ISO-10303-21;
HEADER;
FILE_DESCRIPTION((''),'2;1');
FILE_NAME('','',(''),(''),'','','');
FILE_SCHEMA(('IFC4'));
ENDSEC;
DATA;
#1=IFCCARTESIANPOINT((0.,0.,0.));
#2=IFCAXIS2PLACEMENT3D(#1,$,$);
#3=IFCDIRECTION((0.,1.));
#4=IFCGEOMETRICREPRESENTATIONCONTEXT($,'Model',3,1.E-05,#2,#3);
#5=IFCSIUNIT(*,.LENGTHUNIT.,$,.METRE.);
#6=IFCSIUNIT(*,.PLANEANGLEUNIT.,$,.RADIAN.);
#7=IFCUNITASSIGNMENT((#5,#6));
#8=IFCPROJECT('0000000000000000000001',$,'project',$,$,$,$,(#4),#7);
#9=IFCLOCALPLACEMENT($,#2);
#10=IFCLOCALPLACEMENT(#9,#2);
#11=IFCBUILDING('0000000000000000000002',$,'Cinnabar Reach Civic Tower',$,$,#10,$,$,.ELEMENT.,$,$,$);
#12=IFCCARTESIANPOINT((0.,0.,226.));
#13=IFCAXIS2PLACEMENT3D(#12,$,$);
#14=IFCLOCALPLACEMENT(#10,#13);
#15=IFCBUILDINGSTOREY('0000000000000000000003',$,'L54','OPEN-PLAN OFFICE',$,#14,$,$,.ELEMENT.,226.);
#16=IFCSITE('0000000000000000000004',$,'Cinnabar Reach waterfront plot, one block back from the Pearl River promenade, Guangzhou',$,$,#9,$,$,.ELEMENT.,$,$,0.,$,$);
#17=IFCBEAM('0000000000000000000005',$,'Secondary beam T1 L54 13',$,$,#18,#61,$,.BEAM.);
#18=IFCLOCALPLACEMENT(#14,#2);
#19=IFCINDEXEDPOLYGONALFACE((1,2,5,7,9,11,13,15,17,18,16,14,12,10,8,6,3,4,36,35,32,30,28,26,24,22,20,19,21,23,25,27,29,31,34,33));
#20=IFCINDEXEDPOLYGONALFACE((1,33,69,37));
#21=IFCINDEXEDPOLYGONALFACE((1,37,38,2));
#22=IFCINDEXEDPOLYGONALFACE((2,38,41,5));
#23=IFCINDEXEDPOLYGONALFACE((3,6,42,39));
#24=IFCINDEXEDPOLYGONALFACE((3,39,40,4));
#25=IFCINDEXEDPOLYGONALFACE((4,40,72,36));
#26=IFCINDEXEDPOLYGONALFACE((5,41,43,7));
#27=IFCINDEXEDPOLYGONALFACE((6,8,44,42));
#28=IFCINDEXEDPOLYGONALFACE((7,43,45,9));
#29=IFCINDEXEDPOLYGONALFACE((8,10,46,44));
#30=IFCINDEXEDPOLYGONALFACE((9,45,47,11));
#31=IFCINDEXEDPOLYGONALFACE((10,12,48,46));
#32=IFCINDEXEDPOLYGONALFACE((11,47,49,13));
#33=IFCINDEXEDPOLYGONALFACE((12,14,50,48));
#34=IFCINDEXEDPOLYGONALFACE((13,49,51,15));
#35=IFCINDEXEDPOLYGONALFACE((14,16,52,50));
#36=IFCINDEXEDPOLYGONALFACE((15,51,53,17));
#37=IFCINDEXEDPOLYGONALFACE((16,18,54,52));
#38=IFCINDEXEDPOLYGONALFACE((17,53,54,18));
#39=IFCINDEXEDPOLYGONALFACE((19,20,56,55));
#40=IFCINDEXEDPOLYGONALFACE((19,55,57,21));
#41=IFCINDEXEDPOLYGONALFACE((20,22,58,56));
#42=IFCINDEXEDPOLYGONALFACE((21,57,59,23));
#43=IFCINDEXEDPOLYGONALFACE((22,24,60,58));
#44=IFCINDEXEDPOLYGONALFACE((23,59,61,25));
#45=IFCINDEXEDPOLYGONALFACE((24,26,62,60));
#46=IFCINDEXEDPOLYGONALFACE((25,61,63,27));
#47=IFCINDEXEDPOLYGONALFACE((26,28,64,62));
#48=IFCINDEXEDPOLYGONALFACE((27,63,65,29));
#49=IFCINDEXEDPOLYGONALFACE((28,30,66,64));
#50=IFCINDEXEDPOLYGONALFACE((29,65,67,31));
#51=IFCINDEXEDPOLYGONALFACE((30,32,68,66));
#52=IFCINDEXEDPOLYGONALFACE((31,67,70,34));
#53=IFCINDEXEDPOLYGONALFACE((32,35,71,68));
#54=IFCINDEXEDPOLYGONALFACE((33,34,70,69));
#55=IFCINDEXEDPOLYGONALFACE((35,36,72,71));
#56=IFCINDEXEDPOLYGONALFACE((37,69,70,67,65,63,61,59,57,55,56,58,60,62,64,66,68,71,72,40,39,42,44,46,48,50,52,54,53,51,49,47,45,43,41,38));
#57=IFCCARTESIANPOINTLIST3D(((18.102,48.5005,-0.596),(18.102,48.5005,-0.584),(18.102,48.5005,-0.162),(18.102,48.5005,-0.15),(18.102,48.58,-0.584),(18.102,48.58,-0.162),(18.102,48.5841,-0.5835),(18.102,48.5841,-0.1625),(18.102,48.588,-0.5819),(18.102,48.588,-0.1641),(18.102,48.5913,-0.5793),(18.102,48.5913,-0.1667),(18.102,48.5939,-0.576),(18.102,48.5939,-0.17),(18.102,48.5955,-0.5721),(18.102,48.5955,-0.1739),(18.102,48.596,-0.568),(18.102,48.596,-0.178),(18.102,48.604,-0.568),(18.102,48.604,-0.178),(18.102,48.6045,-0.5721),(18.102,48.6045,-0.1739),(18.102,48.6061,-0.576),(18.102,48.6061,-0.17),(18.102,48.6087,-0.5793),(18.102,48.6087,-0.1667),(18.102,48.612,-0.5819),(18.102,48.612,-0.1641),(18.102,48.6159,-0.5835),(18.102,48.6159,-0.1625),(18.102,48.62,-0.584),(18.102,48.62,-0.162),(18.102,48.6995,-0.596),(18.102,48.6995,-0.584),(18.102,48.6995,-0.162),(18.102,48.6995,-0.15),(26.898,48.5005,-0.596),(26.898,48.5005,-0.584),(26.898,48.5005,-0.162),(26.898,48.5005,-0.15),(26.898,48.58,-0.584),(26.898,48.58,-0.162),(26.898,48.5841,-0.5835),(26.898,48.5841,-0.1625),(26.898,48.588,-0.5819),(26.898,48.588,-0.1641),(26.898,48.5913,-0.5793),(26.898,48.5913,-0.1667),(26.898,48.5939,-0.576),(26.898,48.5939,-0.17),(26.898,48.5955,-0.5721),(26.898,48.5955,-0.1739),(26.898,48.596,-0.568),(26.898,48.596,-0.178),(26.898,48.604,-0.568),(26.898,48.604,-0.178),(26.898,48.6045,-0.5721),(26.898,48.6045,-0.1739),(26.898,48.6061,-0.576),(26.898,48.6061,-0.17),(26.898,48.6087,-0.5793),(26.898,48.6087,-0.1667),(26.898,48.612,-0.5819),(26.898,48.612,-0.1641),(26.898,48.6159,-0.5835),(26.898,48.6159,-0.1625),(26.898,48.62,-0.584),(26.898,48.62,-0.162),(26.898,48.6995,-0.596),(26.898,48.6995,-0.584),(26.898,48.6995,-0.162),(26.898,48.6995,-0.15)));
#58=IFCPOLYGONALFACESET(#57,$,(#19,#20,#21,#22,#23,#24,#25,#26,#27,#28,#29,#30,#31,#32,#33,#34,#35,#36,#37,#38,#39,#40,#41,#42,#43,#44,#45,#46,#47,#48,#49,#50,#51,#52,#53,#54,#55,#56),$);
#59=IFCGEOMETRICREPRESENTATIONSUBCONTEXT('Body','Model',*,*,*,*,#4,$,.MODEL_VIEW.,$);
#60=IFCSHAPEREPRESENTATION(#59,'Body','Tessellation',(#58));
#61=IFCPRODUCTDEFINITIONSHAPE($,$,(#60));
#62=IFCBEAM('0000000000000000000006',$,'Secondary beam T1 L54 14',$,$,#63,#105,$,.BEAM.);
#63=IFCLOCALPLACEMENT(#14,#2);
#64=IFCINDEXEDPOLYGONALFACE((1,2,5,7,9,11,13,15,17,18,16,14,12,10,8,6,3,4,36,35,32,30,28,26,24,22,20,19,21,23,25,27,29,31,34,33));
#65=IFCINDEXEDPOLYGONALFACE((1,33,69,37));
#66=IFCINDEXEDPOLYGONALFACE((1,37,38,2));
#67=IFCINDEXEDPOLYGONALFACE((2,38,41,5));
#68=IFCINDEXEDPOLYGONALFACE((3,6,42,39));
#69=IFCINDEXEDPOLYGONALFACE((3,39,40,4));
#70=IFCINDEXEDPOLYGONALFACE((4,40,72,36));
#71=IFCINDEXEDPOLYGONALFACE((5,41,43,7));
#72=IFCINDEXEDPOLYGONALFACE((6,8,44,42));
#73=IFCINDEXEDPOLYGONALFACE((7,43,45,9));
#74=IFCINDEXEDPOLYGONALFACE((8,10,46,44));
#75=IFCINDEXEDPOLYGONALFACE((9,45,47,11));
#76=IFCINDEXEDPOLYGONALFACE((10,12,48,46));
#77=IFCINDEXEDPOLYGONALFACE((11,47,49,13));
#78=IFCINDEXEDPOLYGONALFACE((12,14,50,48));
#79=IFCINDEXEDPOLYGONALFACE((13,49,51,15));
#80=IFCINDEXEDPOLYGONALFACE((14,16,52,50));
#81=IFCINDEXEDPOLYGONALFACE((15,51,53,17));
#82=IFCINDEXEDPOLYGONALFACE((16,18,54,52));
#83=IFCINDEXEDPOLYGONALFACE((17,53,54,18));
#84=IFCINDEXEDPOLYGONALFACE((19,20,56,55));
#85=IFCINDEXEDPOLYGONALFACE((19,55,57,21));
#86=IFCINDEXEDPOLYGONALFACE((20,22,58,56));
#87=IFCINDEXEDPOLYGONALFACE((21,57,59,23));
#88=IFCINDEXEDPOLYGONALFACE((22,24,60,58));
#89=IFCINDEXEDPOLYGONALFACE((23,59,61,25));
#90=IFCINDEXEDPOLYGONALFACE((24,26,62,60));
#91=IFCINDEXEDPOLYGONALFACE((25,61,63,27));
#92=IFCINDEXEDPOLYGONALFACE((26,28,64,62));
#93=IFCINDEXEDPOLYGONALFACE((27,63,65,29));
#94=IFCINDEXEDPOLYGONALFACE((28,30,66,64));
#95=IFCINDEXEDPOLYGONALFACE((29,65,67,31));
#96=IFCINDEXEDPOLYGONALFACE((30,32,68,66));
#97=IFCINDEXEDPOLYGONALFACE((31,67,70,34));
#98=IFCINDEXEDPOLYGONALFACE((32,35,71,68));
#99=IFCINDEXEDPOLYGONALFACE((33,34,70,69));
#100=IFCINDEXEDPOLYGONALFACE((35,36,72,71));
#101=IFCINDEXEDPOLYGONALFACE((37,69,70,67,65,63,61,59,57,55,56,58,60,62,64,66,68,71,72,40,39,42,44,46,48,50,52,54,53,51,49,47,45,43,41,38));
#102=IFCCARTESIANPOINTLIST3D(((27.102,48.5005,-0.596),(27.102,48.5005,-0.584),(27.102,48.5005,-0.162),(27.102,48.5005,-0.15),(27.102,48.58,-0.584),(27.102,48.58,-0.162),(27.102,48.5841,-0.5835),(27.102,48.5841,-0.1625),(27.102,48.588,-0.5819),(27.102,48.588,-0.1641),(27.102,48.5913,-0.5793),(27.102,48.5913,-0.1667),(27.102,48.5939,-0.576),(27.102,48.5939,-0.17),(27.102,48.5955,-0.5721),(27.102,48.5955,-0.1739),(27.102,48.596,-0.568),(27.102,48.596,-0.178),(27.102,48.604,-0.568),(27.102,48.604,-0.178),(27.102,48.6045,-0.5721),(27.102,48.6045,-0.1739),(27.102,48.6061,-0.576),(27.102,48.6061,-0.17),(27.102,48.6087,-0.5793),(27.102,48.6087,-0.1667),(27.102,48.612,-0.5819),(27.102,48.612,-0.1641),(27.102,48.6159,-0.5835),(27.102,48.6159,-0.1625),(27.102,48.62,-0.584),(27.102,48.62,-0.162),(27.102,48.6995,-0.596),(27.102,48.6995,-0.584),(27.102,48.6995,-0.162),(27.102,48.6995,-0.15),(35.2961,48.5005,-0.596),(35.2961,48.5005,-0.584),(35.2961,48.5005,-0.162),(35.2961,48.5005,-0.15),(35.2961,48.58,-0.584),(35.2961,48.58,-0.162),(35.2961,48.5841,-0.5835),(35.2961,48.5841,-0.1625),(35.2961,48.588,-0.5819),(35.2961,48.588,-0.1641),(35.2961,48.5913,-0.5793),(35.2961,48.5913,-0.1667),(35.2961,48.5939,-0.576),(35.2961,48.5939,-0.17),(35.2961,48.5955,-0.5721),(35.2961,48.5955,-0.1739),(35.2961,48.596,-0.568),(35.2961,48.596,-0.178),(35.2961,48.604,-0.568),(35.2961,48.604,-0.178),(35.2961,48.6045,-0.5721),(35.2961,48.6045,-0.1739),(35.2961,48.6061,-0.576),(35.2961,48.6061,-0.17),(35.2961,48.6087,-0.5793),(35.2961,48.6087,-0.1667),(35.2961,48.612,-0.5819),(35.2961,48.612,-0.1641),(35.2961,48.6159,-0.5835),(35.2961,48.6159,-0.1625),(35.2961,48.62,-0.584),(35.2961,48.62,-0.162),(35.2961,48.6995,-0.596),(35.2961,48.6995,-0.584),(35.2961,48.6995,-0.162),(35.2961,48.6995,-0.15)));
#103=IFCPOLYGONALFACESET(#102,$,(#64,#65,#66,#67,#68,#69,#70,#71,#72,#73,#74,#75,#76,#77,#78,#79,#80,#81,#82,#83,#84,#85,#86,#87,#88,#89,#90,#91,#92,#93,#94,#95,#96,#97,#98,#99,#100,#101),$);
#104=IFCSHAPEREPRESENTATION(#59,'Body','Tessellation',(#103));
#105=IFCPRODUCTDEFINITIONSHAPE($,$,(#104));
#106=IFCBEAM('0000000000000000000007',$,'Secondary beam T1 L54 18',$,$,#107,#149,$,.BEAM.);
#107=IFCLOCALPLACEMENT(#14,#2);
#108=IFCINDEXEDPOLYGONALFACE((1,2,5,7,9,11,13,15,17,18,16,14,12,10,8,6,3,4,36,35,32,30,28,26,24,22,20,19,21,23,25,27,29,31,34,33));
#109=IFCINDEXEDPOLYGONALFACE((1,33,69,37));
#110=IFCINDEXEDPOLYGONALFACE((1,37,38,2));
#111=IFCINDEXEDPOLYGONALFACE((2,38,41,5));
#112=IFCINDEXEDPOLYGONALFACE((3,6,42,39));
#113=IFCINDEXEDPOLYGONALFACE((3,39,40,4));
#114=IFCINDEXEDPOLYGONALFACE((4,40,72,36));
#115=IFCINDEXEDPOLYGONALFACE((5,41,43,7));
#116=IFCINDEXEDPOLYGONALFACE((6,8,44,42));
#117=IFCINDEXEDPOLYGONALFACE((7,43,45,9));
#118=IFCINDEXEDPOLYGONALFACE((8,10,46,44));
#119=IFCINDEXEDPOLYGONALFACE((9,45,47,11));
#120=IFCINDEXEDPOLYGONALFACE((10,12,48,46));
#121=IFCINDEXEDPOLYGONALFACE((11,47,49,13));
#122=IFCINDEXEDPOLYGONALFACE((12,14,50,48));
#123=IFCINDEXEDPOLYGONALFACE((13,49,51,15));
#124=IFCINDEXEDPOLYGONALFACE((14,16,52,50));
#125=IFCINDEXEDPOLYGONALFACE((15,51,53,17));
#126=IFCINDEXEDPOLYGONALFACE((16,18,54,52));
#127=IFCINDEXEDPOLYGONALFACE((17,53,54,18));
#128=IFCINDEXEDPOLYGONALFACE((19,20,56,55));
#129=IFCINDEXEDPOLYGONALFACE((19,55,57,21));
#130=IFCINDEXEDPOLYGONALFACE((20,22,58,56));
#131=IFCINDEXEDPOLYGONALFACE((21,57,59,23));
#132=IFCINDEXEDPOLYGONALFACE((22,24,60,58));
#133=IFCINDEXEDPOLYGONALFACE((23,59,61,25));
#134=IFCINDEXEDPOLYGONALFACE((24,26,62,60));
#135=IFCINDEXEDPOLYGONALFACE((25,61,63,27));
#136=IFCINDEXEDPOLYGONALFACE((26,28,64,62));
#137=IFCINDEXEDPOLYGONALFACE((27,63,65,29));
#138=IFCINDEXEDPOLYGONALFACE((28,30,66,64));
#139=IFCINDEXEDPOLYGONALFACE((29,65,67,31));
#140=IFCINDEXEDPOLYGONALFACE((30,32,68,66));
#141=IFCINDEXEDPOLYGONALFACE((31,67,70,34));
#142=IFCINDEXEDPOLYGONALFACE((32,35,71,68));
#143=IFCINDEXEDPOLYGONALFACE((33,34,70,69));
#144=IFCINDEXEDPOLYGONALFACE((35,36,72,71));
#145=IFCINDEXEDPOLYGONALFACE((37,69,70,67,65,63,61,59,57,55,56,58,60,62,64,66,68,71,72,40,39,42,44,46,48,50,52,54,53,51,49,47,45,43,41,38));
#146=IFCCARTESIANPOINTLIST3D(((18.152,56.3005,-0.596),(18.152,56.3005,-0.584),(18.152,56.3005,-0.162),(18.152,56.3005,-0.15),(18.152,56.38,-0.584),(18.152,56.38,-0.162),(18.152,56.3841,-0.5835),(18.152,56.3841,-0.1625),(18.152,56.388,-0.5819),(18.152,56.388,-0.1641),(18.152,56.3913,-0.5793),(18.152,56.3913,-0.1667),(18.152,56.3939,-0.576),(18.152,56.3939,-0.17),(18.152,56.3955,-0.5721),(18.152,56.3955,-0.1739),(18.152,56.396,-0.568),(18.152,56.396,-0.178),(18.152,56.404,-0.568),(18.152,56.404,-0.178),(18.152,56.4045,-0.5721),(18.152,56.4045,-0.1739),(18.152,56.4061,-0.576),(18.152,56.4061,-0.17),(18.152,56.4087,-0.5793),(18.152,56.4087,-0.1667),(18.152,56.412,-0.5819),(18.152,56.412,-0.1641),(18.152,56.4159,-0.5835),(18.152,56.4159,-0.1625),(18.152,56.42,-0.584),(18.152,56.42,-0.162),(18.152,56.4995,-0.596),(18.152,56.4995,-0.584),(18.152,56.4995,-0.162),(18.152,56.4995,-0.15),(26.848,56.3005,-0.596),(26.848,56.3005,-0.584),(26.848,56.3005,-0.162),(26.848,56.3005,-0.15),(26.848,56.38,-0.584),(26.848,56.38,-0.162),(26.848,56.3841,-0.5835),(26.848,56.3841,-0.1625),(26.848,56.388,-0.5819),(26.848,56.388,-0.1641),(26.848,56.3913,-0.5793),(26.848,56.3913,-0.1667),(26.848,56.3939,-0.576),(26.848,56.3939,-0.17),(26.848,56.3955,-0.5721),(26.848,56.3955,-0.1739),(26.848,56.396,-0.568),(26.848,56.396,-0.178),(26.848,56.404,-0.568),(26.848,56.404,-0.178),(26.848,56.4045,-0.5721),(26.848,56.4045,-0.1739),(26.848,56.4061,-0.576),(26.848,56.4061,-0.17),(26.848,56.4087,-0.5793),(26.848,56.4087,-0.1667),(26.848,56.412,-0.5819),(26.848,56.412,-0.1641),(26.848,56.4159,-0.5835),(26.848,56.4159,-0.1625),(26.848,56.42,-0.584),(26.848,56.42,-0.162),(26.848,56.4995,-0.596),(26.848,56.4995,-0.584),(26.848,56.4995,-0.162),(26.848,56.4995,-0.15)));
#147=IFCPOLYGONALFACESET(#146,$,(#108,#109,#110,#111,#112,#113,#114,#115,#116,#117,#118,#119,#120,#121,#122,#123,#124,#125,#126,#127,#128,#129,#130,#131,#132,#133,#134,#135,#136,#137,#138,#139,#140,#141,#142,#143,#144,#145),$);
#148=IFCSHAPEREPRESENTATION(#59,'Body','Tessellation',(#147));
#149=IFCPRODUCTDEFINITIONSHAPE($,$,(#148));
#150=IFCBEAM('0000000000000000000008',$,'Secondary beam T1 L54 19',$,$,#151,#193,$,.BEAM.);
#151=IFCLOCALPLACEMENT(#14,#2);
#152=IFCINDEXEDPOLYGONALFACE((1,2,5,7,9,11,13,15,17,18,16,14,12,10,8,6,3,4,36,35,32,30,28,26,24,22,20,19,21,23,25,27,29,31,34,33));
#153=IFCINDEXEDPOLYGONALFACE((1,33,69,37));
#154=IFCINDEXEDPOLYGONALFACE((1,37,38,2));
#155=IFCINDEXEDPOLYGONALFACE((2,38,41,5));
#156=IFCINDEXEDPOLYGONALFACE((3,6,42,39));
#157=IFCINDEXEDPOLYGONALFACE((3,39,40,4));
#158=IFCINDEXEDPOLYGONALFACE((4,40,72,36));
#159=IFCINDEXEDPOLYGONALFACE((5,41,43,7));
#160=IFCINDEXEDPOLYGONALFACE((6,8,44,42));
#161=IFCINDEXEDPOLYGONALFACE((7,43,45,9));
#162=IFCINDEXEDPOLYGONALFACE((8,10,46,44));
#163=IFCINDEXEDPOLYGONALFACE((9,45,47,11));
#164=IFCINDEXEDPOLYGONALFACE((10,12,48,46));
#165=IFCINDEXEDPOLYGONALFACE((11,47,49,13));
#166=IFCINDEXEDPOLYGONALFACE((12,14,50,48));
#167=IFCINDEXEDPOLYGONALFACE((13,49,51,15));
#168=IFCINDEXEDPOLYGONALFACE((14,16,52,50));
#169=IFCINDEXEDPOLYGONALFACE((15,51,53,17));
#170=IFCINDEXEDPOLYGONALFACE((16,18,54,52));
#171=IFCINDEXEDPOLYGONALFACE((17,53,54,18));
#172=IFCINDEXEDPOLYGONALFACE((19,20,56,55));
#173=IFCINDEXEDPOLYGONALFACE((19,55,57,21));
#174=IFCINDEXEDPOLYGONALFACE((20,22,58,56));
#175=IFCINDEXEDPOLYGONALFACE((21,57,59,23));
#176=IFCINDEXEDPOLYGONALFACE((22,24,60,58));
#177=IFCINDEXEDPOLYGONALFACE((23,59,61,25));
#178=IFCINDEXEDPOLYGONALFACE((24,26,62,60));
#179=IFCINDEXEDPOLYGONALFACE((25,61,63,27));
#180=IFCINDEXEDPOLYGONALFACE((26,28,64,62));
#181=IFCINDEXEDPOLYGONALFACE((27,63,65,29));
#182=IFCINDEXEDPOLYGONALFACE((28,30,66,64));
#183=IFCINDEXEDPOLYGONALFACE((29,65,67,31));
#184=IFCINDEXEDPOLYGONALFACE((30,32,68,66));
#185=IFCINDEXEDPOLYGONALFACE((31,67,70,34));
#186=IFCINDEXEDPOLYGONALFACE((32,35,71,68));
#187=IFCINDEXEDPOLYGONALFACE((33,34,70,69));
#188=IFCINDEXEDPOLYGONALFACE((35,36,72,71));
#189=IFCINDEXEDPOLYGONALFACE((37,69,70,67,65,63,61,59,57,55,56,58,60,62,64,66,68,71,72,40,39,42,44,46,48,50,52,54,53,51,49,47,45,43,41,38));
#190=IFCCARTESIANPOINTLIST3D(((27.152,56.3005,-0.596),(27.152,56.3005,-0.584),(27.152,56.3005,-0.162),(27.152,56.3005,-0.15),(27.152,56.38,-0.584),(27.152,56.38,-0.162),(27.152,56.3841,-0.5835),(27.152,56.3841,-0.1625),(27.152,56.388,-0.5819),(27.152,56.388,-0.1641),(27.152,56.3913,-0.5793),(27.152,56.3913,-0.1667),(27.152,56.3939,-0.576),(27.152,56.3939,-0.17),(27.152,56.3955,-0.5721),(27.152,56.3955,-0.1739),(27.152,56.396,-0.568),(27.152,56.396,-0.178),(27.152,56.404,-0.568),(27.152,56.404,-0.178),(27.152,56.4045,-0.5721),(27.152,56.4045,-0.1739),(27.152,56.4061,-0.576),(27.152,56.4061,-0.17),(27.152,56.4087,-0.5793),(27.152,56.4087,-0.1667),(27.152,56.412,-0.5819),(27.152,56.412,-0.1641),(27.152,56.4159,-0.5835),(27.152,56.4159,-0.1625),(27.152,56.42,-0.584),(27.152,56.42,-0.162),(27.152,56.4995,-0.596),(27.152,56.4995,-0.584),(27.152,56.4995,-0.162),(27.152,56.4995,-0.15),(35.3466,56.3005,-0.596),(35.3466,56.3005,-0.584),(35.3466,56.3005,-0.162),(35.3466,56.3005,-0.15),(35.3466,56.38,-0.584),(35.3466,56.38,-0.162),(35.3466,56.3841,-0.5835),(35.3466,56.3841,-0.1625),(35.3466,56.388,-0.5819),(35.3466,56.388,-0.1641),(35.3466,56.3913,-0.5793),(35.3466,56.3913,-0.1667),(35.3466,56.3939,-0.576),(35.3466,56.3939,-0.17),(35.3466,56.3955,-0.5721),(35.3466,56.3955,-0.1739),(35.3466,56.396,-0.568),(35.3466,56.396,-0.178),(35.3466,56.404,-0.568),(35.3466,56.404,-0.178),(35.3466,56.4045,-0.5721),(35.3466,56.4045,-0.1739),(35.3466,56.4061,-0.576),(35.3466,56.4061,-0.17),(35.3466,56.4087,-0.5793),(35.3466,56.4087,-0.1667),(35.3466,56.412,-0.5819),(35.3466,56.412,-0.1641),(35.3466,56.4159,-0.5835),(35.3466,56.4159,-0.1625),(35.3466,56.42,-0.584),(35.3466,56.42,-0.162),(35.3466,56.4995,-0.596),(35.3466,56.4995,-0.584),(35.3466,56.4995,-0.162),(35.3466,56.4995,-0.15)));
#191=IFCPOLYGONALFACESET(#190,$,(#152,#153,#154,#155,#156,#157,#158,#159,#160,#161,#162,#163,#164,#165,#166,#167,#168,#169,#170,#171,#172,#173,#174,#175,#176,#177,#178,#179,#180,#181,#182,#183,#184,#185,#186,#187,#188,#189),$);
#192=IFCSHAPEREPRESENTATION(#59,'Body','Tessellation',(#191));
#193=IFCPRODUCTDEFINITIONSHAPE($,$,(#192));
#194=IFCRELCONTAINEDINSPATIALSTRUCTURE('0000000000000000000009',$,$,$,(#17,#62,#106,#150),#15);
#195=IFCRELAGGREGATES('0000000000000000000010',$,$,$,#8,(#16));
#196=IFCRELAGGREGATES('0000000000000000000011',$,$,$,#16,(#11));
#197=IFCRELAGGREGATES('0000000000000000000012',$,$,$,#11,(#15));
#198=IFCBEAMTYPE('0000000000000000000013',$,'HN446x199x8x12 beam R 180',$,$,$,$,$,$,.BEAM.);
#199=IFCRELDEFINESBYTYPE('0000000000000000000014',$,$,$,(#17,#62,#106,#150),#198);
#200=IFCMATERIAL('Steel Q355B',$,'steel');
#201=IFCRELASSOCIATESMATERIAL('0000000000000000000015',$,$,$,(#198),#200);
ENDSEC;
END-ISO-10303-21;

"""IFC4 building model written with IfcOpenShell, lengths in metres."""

from ifc_helpers import new_model, si_unit, direction, frame, origin, origin_2d, place, context, subcontext, project, spatial, i_section, extrude, material, material_profile, profile_set, type_object, element, save


model = new_model("IFC4")

# Units and contexts
model_context = context("Model", 3, precision=1e-05, world=origin(), true_north=direction((0.0, 1.0)))
body_context = subcontext(model_context, "Body", "Model", "MODEL_VIEW")
ifc_project = project(units=[si_unit("LENGTHUNIT", "METRE"), si_unit("PLANEANGLEUNIT", "RADIAN")], contexts=[model_context])

# Site, building, storey
site_placement = place(None, origin())
site = spatial("IfcSite", under=ifc_project, at=site_placement, Name="Cinnabar Reach waterfront plot, one block back from the Pearl River promenade, Guangzhou", CompositionType="ELEMENT", RefElevation=0.0)
building_placement = place(site_placement, origin())
building = spatial("IfcBuilding", under=site, at=building_placement, Name="Cinnabar Reach Civic Tower", CompositionType="ELEMENT")
storey_placement = place(building_placement, frame((0.0, 0.0, 226.0)))
storey = spatial("IfcBuildingStorey", under=building, at=storey_placement, Name="L54", Description="OPEN-PLAN OFFICE", CompositionType="ELEMENT", Elevation=226.0)

# Beams
ifc_material_1 = material(Name="Steel Q355B", Category="steel")
ifc_material_profile_1 = material_profile(ifc_material_1, i_section(OverallWidth=0.199, OverallDepth=0.446, WebThickness=0.008, FlangeThickness=0.012, FilletRadius=0.016, at=origin_2d()), Name="HN446x199x8x12")
ifc_profile_set_1 = profile_set([ifc_material_profile_1], Name="Steel Q355B")
beam_type_1 = type_object("IfcBeamType", Name="HN446x199x8x12 beam R 180", PredefinedType="BEAM", material=ifc_profile_set_1)
beam_1_placement = place(storey_placement, frame((18.102, 48.6, -0.373), z_axis=(1.0, 0.0, 0.0), x_axis=(0.0, 1.0, 0.0)))
element("IfcBeam", 1, at=beam_1_placement, inside=storey, type_object=beam_type_1, Name="Secondary beam T1 L54 13", PredefinedType="BEAM", context=body_context, shape_type="SweptSolid", body=[
    extrude(i_section(OverallWidth=0.199, OverallDepth=0.446, WebThickness=0.008, FlangeThickness=0.012, FilletRadius=0.016, at=origin_2d()), origin(), (0.0, 0.0, 1.0), 8.796),
])
beam_2_placement = place(storey_placement, frame((27.102, 48.6, -0.373), z_axis=(1.0, 0.0, 0.0), x_axis=(0.0, 1.0, 0.0)))
element("IfcBeam", 2, at=beam_2_placement, inside=storey, type_object=beam_type_1, Name="Secondary beam T1 L54 14", PredefinedType="BEAM", context=body_context, shape_type="SweptSolid", body=[
    extrude(i_section(OverallWidth=0.199, OverallDepth=0.446, WebThickness=0.008, FlangeThickness=0.012, FilletRadius=0.016, at=origin_2d()), origin(), (0.0, 0.0, 1.0), 8.1941),
])
beam_3_placement = place(storey_placement, frame((18.152, 56.4, -0.373), z_axis=(1.0, 0.0, 0.0), x_axis=(0.0, 1.0, 0.0)))
element("IfcBeam", 3, at=beam_3_placement, inside=storey, type_object=beam_type_1, Name="Secondary beam T1 L54 18", PredefinedType="BEAM", context=body_context, shape_type="SweptSolid", body=[
    extrude(i_section(OverallWidth=0.199, OverallDepth=0.446, WebThickness=0.008, FlangeThickness=0.012, FilletRadius=0.016, at=origin_2d()), origin(), (0.0, 0.0, 1.0), 8.696),
])
beam_4_placement = place(storey_placement, frame((27.152, 56.4, -0.373), z_axis=(1.0, 0.0, 0.0), x_axis=(0.0, 1.0, 0.0)))
element("IfcBeam", 4, at=beam_4_placement, inside=storey, type_object=beam_type_1, Name="Secondary beam T1 L54 19", PredefinedType="BEAM", context=body_context, shape_type="SweptSolid", body=[
    extrude(i_section(OverallWidth=0.199, OverallDepth=0.446, WebThickness=0.008, FlangeThickness=0.012, FilletRadius=0.016, at=origin_2d()), origin(), (0.0, 0.0, 1.0), 8.1946),
])

save(model, "model.ifc")
